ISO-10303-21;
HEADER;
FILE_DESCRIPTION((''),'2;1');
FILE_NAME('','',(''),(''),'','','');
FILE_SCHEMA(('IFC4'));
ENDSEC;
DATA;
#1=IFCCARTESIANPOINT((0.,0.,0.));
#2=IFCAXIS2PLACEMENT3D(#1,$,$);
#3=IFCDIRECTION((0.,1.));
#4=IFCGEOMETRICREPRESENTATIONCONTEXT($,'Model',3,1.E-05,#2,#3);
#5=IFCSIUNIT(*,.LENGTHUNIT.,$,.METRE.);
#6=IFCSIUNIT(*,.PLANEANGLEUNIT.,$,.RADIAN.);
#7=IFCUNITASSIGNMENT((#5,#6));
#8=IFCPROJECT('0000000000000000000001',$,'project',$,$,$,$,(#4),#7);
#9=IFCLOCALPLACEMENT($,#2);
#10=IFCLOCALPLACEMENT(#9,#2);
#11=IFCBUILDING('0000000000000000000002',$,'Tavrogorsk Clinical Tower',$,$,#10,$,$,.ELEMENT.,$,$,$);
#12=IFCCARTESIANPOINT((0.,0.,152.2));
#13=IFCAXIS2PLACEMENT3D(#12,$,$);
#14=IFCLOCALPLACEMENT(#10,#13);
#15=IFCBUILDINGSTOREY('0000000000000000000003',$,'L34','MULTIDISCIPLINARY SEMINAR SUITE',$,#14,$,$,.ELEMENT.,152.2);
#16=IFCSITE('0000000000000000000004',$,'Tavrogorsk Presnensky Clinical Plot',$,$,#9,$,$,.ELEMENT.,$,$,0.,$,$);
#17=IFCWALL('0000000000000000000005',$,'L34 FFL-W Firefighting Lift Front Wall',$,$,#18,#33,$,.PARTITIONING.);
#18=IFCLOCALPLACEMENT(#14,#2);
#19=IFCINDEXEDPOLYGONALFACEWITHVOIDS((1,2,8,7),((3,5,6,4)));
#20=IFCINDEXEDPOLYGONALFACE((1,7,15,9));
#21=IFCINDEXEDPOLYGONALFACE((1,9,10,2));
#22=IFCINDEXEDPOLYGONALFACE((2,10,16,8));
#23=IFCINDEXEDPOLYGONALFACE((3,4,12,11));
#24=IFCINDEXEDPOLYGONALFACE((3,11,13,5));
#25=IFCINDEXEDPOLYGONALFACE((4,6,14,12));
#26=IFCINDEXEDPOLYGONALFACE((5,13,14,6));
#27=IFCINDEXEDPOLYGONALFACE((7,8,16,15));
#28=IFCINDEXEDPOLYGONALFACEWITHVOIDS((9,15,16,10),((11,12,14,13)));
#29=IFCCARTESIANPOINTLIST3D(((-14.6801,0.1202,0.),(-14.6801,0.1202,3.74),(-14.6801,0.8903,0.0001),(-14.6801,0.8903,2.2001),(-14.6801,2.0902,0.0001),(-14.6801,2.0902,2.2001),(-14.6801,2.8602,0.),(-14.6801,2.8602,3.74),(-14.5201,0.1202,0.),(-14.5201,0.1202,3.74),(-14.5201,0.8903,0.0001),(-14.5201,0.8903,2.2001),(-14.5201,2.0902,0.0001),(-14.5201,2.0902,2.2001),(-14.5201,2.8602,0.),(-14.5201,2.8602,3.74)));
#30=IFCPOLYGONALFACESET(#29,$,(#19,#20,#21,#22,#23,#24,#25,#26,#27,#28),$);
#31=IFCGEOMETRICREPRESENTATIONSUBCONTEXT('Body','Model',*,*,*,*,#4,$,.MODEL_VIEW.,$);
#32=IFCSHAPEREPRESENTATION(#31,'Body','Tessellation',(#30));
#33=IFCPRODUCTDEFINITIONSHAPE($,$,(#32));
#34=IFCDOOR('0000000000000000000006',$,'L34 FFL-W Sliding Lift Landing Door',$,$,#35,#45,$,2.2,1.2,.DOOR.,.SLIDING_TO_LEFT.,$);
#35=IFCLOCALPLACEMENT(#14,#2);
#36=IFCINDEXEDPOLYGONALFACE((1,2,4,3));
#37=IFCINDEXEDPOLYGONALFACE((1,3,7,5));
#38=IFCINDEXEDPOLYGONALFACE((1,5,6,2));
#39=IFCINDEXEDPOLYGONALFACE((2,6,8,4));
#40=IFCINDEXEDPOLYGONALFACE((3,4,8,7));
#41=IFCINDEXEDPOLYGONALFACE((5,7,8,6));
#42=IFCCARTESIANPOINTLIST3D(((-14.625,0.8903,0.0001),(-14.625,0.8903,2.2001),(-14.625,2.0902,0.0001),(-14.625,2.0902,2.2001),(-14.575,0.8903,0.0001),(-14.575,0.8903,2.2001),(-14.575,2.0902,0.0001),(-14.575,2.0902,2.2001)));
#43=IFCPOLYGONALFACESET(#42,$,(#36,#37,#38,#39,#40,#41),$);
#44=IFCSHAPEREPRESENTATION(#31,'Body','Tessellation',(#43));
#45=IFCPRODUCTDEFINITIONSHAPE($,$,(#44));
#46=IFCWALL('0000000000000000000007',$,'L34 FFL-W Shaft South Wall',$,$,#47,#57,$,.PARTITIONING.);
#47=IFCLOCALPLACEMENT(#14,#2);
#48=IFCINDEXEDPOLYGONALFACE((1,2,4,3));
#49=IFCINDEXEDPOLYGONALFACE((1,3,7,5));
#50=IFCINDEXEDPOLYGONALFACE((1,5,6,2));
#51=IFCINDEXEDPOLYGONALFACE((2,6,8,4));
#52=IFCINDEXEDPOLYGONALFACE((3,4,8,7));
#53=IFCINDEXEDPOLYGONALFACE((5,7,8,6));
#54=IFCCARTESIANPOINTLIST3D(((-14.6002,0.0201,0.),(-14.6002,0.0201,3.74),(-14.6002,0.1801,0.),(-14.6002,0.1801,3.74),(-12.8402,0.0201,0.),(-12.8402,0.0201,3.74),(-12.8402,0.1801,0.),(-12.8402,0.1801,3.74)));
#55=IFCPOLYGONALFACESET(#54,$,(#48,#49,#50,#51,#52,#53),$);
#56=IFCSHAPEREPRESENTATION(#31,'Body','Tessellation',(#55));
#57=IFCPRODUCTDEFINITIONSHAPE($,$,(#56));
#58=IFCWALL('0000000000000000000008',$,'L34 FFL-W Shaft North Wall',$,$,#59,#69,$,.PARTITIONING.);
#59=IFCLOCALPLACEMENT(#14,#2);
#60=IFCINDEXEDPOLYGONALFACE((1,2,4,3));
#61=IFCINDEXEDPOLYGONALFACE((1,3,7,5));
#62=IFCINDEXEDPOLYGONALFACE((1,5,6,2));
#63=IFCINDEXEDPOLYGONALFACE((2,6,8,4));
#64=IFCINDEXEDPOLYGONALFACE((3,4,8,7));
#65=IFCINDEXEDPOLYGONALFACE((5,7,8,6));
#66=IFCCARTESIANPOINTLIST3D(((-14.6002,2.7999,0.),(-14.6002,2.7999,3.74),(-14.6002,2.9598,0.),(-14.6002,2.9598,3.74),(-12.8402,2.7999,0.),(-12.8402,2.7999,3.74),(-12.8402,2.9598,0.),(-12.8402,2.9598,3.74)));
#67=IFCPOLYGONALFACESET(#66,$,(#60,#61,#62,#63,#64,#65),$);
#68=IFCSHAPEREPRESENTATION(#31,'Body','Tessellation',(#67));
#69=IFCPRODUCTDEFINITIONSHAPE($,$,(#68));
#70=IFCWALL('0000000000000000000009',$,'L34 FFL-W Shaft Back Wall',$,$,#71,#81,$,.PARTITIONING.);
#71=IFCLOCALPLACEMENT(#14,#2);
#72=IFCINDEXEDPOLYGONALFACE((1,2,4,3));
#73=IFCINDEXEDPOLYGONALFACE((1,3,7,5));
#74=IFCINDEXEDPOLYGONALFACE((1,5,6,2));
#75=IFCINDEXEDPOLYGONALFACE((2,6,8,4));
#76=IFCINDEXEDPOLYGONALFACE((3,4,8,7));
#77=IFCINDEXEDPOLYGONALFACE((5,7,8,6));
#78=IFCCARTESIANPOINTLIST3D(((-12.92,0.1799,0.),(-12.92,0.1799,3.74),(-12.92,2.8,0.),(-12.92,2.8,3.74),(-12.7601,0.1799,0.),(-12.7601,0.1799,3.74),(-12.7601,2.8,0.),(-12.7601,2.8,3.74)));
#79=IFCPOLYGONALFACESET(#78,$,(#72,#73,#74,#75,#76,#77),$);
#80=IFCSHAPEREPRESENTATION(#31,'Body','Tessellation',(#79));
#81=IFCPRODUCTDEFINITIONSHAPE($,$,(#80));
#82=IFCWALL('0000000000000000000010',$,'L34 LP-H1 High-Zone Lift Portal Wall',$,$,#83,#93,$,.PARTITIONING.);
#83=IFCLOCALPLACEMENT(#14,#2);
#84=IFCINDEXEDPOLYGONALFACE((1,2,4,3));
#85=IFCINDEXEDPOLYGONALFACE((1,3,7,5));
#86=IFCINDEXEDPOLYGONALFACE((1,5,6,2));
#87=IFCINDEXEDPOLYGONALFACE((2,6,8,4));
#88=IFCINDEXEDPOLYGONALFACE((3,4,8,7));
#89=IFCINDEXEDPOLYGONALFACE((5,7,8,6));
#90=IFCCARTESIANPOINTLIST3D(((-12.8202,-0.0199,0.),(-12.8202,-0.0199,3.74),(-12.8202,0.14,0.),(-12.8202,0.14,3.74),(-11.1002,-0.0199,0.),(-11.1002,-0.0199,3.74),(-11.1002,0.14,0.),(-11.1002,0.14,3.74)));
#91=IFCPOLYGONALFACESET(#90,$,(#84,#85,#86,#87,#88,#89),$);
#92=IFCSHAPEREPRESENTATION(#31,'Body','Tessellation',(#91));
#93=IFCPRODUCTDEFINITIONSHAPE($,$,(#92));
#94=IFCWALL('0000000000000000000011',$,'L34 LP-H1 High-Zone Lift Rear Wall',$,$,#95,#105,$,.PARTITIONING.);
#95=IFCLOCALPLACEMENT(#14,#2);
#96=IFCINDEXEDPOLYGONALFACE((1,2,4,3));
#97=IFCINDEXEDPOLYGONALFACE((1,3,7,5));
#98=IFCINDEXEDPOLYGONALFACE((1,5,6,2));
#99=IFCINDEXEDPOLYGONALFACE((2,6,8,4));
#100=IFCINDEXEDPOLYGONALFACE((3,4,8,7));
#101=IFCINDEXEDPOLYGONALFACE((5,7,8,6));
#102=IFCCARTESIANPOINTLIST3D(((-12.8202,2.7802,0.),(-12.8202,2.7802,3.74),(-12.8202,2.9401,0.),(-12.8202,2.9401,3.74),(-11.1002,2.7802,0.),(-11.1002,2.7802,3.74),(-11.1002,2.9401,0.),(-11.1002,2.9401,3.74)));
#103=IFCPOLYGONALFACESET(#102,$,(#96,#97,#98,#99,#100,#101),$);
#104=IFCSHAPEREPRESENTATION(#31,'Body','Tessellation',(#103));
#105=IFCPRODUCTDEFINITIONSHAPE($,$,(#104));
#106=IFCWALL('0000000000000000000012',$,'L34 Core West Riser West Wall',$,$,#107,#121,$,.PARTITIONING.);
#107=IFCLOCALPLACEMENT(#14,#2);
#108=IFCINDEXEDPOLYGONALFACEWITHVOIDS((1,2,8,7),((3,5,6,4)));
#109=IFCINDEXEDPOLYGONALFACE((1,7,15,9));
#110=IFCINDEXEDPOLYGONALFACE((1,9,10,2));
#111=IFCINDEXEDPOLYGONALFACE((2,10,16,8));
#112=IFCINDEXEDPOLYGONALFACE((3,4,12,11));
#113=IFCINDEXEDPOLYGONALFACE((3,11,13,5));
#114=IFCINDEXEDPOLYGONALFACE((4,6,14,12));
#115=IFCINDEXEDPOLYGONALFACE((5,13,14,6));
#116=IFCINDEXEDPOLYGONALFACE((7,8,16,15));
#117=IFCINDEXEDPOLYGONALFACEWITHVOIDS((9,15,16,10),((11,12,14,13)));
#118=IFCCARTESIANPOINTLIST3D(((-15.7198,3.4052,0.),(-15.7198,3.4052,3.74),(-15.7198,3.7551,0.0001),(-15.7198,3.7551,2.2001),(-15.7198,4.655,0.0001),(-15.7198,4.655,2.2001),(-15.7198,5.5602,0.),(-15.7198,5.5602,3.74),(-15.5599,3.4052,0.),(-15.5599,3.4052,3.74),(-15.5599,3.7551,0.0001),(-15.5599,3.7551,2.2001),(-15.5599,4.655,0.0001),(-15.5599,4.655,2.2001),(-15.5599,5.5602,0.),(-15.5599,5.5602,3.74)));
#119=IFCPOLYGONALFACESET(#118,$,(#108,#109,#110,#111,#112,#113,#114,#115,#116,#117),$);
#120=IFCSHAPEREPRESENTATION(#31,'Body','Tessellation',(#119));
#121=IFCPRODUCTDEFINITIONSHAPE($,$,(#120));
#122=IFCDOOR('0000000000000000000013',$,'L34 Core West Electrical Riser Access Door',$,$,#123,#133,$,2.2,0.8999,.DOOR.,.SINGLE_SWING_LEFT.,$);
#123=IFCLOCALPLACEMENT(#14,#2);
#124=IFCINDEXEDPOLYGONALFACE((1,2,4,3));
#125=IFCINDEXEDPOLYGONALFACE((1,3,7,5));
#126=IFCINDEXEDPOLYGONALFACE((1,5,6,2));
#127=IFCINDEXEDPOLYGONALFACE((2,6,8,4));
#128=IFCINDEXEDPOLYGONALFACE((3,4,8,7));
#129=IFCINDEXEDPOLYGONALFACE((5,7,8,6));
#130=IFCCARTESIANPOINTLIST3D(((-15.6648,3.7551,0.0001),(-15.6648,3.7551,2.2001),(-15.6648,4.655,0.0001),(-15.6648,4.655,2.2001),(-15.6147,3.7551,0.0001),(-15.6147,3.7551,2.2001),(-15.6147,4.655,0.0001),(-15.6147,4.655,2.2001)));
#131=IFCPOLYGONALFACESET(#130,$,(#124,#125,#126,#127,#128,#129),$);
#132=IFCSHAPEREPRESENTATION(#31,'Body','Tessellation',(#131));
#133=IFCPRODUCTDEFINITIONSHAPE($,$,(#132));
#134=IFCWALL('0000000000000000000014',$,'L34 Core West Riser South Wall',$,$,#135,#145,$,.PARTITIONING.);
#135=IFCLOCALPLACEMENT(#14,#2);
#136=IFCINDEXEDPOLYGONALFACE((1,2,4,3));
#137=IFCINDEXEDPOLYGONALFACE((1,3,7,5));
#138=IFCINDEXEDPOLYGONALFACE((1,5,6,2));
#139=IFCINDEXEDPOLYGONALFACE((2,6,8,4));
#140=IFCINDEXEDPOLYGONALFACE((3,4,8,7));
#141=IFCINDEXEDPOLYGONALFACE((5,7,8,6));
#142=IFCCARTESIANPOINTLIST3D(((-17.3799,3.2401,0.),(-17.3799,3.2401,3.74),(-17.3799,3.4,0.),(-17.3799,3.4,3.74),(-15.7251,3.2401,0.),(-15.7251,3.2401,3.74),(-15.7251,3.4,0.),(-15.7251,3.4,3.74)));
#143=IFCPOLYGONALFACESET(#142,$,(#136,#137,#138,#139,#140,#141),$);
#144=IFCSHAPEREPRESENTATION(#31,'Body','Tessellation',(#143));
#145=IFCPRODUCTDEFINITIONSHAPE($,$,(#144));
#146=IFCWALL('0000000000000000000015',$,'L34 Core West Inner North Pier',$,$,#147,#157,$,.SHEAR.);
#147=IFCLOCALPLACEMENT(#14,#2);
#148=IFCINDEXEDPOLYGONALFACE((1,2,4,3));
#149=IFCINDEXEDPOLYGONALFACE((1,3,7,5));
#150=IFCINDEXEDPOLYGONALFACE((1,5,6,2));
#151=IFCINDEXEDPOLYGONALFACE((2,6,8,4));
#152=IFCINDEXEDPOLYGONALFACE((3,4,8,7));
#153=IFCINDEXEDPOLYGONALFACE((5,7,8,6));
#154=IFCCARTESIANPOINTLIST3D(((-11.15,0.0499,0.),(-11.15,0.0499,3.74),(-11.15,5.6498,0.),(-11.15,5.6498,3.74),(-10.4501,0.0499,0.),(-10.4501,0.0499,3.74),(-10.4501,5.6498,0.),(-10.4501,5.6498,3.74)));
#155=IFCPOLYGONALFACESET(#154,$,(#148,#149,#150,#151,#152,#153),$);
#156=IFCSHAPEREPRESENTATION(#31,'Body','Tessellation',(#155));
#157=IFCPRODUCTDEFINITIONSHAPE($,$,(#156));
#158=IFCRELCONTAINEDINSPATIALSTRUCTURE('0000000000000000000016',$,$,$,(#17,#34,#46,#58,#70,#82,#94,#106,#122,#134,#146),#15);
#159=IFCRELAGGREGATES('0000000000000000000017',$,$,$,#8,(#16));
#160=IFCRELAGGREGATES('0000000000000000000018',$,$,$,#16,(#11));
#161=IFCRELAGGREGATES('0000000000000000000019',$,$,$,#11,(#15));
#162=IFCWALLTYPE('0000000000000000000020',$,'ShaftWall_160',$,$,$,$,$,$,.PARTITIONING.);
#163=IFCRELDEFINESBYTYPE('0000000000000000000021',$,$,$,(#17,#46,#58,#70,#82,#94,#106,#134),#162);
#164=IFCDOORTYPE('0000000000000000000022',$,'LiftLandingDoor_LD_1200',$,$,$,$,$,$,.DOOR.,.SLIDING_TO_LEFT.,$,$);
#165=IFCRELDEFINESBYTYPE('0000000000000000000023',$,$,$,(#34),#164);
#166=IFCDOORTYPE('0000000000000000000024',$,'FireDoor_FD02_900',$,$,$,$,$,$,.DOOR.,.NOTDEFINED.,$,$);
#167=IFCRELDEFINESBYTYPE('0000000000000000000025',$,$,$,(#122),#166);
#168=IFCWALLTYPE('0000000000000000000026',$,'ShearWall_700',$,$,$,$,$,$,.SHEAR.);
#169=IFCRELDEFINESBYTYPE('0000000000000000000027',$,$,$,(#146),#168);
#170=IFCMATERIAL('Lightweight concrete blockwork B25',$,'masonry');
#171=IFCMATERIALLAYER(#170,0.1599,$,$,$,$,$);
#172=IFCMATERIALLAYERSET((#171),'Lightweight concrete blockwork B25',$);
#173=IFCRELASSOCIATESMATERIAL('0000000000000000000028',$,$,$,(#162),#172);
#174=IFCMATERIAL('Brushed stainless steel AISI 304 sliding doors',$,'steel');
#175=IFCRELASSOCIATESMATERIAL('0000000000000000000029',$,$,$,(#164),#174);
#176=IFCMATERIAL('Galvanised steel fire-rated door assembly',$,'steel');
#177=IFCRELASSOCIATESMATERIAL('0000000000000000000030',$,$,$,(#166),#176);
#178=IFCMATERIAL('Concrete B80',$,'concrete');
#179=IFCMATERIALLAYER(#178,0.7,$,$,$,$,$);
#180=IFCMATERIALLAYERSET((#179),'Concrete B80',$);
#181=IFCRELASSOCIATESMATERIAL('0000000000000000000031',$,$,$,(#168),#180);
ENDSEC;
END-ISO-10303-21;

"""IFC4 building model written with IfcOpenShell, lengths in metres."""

from ifc_helpers import new_model, si_unit, direction, frame, frame_2d, origin, place, context, subcontext, project, spatial, rectangle, extrude, material, layer, layer_set, type_object, element, fill, save


model = new_model("IFC4")

# Units and contexts
model_context = context("Model", 3, precision=1e-05, world=origin(), true_north=direction((0.0, 1.0)))
body_context = subcontext(model_context, "Body", "Model", "MODEL_VIEW")
ifc_project = project(units=[si_unit("LENGTHUNIT", "METRE"), si_unit("PLANEANGLEUNIT", "RADIAN")], contexts=[model_context])

# Site, building, storey
site_placement = place(None, origin())
site = spatial("IfcSite", under=ifc_project, at=site_placement, Name="Tavrogorsk Presnensky Clinical Plot", CompositionType="ELEMENT", RefElevation=0.0)
building_placement = place(site_placement, origin())
building = spatial("IfcBuilding", under=site, at=building_placement, Name="Tavrogorsk Clinical Tower", CompositionType="ELEMENT")
storey_placement = place(building_placement, frame((0.0, 0.0, 152.2)))
storey = spatial("IfcBuildingStorey", under=building, at=storey_placement, Name="L34", Description="MULTIDISCIPLINARY SEMINAR SUITE", CompositionType="ELEMENT", Elevation=152.2)

# Wall, opening, door
ifc_material_1 = material(Name="Lightweight concrete blockwork B25", Category="masonry")
ifc_layer_1 = layer(ifc_material_1, 0.1599)
ifc_layer_set_1 = layer_set([ifc_layer_1], Name="Lightweight concrete blockwork B25")
wall_type_1 = type_object("IfcWallType", Name="ShaftWall_160", PredefinedType="PARTITIONING", material=ifc_layer_set_1)
wall_1_placement = place(storey_placement, frame((-14.6001, 0.1201, 0.0), z_axis=(0.0, 0.0, 1.0), x_axis=(0.0, 1.0, 0.0)))
wall_1 = element("IfcWall", 1, at=wall_1_placement, inside=storey, type_object=wall_type_1, Name="L34 FFL-W Firefighting Lift Front Wall", PredefinedType="PARTITIONING", context=body_context, shape_type="SweptSolid", body=[
    extrude(rectangle(XDim=2.74, YDim=0.1599, at=frame_2d((1.3701, 0.0))), origin(), (0.0, 0.0, 1.0), 3.74),
])
opening_1_placement = place(wall_1_placement, frame((0.77, 0.0, 0.0)))
opening_1 = element("IfcOpeningElement", 2, at=opening_1_placement, cuts=wall_1, PredefinedType="OPENING", context=body_context, shape_type="SweptSolid", body=[
    extrude(rectangle(XDim=1.2, YDim=2.2, at=frame_2d((0.6001, 1.1001))), frame((0.0, 0.0898, 0.0), z_axis=(0.0, -1.0, 0.0), x_axis=(1.0, 0.0, 0.0)), (0.0, 0.0, 1.0), 0.1799),
])
ifc_material_2 = material(Name="Brushed stainless steel AISI 304 sliding doors", Category="steel")
door_type_1 = type_object("IfcDoorType", Name="LiftLandingDoor_LD_1200", OperationType="SLIDING_TO_LEFT", PredefinedType="DOOR", material=ifc_material_2)
door_1_placement = place(opening_1_placement, origin())
door_1 = element("IfcDoor", 3, at=door_1_placement, inside=storey, type_object=door_type_1, Name="L34 FFL-W Sliding Lift Landing Door", OperationType="SLIDING_TO_LEFT", OverallHeight=2.2, OverallWidth=1.2, PredefinedType="DOOR", context=body_context, shape_type="SweptSolid", body=[
    extrude(rectangle(XDim=1.2, YDim=2.2, at=frame_2d((0.6001, 1.1001))), frame((0.0, 0.0249, 0.0), z_axis=(0.0, -1.0, 0.0), x_axis=(1.0, 0.0, 0.0)), (0.0, 0.0, 1.0), 0.05),
])
fill(opening_1, door_1)

# Walls
for number, where, z_axis, x_axis, name in (
    (4, (-14.6001, 0.1001, 0.0), (0.0, 0.0, 1.0), (1.0, 0.0, 0.0), "L34 FFL-W Shaft South Wall"),
    (5, (-14.6001, 2.8799, 0.0), (0.0, 0.0, 1.0), (1.0, 0.0, 0.0), "L34 FFL-W Shaft North Wall"),
):
    element("IfcWall", number, at=place(storey_placement, frame(where, z_axis=z_axis, x_axis=x_axis)), inside=storey, type_object=wall_type_1, Name=name, PredefinedType="PARTITIONING", context=body_context, shape_type="SweptSolid", body=[
        extrude(rectangle(XDim=1.76, YDim=0.1599, at=frame_2d((0.8799, 0.0))), origin(), (0.0, 0.0, 1.0), 3.74),
    ])
wall_2_placement = place(storey_placement, frame((-12.8401, 0.1799, 0.0), z_axis=(0.0, 0.0, 1.0), x_axis=(0.0, 1.0, 0.0)))
element("IfcWall", 6, at=wall_2_placement, inside=storey, type_object=wall_type_1, Name="L34 FFL-W Shaft Back Wall", PredefinedType="PARTITIONING", context=body_context, shape_type="SweptSolid", body=[
    extrude(rectangle(XDim=2.6201, YDim=0.1599, at=frame_2d((1.3101, 0.0))), origin(), (0.0, 0.0, 1.0), 3.74),
])
for number, where, z_axis, x_axis, name in (
    (7, (-12.8201, 0.0601, 0.0), (0.0, 0.0, 1.0), (1.0, 0.0, 0.0), "L34 LP-H1 High-Zone Lift Portal Wall"),
    (8, (-12.8201, 2.8601, 0.0), (0.0, 0.0, 1.0), (1.0, 0.0, 0.0), "L34 LP-H1 High-Zone Lift Rear Wall"),
):
    element("IfcWall", number, at=place(storey_placement, frame(where, z_axis=z_axis, x_axis=x_axis)), inside=storey, type_object=wall_type_1, Name=name, PredefinedType="PARTITIONING", context=body_context, shape_type="SweptSolid", body=[
        extrude(rectangle(XDim=1.72, YDim=0.1599, at=frame_2d((0.8599, 0.0))), origin(), (0.0, 0.0, 1.0), 3.74),
    ])

# Wall, opening, door
wall_3_placement = place(storey_placement, frame((-15.6399, 3.405, 0.0), z_axis=(0.0, 0.0, 1.0), x_axis=(0.0, 1.0, 0.0)))
wall_3 = element("IfcWall", 9, at=wall_3_placement, inside=storey, type_object=wall_type_1, Name="L34 Core West Riser West Wall", PredefinedType="PARTITIONING", context=body_context, shape_type="SweptSolid", body=[
    extrude(rectangle(XDim=2.155, YDim=0.1599, at=frame_2d((1.0776, 0.0))), origin(), (0.0, 0.0, 1.0), 3.74),
])
opening_2_placement = place(wall_3_placement, frame((0.3501, 0.0, 0.0)))
opening_2 = element("IfcOpeningElement", 10, at=opening_2_placement, cuts=wall_3, PredefinedType="OPENING", context=body_context, shape_type="SweptSolid", body=[
    extrude(rectangle(XDim=0.8999, YDim=2.2, at=frame_2d((0.45, 1.1001))), frame((0.0, 0.0898, 0.0), z_axis=(0.0, -1.0, 0.0), x_axis=(1.0, 0.0, 0.0)), (0.0, 0.0, 1.0), 0.1799),
])
ifc_material_3 = material(Name="Galvanised steel fire-rated door assembly", Category="steel")
door_type_2 = type_object("IfcDoorType", Name="FireDoor_FD02_900", OperationType="NOTDEFINED", PredefinedType="DOOR", material=ifc_material_3)
door_2_placement = place(opening_2_placement, origin())
door_2 = element("IfcDoor", 11, at=door_2_placement, inside=storey, type_object=door_type_2, Name="L34 Core West Electrical Riser Access Door", OperationType="SINGLE_SWING_LEFT", OverallHeight=2.2, OverallWidth=0.8999, PredefinedType="DOOR", context=body_context, shape_type="SweptSolid", body=[
    extrude(rectangle(XDim=0.8999, YDim=2.2, at=frame_2d((0.45, 1.1001))), frame((0.0, 0.0249, 0.0), z_axis=(0.0, -1.0, 0.0), x_axis=(1.0, 0.0, 0.0)), (0.0, 0.0, 1.0), 0.05),
])
fill(opening_2, door_2)

# Walls
wall_4_placement = place(storey_placement, frame((-17.3799, 3.3201, 0.0), z_axis=(0.0, 0.0, 1.0), x_axis=(1.0, 0.0, 0.0)))
element("IfcWall", 12, at=wall_4_placement, inside=storey, type_object=wall_type_1, Name="L34 Core West Riser South Wall", PredefinedType="PARTITIONING", context=body_context, shape_type="SweptSolid", body=[
    extrude(rectangle(XDim=1.6548, YDim=0.1599, at=frame_2d((0.8274, 0.0))), origin(), (0.0, 0.0, 1.0), 3.74),
])
ifc_material_4 = material(Name="Concrete B80", Category="concrete")
ifc_layer_2 = layer(ifc_material_4, 0.7)
ifc_layer_set_2 = layer_set([ifc_layer_2], Name="Concrete B80")
wall_type_2 = type_object("IfcWallType", Name="ShearWall_700", PredefinedType="SHEAR", material=ifc_layer_set_2)
wall_5_placement = place(storey_placement, frame((-10.8, 0.05, 0.0), z_axis=(0.0, 0.0, 1.0), x_axis=(0.0, 1.0, 0.0)))
element("IfcWall", 13, at=wall_5_placement, inside=storey, type_object=wall_type_2, Name="L34 Core West Inner North Pier", PredefinedType="SHEAR", context=body_context, shape_type="SweptSolid", body=[
    extrude(rectangle(XDim=5.5999, YDim=0.7, at=frame_2d((2.7998, 0.0))), origin(), (0.0, 0.0, 1.0), 3.74),
])

save(model, "model.ifc")
